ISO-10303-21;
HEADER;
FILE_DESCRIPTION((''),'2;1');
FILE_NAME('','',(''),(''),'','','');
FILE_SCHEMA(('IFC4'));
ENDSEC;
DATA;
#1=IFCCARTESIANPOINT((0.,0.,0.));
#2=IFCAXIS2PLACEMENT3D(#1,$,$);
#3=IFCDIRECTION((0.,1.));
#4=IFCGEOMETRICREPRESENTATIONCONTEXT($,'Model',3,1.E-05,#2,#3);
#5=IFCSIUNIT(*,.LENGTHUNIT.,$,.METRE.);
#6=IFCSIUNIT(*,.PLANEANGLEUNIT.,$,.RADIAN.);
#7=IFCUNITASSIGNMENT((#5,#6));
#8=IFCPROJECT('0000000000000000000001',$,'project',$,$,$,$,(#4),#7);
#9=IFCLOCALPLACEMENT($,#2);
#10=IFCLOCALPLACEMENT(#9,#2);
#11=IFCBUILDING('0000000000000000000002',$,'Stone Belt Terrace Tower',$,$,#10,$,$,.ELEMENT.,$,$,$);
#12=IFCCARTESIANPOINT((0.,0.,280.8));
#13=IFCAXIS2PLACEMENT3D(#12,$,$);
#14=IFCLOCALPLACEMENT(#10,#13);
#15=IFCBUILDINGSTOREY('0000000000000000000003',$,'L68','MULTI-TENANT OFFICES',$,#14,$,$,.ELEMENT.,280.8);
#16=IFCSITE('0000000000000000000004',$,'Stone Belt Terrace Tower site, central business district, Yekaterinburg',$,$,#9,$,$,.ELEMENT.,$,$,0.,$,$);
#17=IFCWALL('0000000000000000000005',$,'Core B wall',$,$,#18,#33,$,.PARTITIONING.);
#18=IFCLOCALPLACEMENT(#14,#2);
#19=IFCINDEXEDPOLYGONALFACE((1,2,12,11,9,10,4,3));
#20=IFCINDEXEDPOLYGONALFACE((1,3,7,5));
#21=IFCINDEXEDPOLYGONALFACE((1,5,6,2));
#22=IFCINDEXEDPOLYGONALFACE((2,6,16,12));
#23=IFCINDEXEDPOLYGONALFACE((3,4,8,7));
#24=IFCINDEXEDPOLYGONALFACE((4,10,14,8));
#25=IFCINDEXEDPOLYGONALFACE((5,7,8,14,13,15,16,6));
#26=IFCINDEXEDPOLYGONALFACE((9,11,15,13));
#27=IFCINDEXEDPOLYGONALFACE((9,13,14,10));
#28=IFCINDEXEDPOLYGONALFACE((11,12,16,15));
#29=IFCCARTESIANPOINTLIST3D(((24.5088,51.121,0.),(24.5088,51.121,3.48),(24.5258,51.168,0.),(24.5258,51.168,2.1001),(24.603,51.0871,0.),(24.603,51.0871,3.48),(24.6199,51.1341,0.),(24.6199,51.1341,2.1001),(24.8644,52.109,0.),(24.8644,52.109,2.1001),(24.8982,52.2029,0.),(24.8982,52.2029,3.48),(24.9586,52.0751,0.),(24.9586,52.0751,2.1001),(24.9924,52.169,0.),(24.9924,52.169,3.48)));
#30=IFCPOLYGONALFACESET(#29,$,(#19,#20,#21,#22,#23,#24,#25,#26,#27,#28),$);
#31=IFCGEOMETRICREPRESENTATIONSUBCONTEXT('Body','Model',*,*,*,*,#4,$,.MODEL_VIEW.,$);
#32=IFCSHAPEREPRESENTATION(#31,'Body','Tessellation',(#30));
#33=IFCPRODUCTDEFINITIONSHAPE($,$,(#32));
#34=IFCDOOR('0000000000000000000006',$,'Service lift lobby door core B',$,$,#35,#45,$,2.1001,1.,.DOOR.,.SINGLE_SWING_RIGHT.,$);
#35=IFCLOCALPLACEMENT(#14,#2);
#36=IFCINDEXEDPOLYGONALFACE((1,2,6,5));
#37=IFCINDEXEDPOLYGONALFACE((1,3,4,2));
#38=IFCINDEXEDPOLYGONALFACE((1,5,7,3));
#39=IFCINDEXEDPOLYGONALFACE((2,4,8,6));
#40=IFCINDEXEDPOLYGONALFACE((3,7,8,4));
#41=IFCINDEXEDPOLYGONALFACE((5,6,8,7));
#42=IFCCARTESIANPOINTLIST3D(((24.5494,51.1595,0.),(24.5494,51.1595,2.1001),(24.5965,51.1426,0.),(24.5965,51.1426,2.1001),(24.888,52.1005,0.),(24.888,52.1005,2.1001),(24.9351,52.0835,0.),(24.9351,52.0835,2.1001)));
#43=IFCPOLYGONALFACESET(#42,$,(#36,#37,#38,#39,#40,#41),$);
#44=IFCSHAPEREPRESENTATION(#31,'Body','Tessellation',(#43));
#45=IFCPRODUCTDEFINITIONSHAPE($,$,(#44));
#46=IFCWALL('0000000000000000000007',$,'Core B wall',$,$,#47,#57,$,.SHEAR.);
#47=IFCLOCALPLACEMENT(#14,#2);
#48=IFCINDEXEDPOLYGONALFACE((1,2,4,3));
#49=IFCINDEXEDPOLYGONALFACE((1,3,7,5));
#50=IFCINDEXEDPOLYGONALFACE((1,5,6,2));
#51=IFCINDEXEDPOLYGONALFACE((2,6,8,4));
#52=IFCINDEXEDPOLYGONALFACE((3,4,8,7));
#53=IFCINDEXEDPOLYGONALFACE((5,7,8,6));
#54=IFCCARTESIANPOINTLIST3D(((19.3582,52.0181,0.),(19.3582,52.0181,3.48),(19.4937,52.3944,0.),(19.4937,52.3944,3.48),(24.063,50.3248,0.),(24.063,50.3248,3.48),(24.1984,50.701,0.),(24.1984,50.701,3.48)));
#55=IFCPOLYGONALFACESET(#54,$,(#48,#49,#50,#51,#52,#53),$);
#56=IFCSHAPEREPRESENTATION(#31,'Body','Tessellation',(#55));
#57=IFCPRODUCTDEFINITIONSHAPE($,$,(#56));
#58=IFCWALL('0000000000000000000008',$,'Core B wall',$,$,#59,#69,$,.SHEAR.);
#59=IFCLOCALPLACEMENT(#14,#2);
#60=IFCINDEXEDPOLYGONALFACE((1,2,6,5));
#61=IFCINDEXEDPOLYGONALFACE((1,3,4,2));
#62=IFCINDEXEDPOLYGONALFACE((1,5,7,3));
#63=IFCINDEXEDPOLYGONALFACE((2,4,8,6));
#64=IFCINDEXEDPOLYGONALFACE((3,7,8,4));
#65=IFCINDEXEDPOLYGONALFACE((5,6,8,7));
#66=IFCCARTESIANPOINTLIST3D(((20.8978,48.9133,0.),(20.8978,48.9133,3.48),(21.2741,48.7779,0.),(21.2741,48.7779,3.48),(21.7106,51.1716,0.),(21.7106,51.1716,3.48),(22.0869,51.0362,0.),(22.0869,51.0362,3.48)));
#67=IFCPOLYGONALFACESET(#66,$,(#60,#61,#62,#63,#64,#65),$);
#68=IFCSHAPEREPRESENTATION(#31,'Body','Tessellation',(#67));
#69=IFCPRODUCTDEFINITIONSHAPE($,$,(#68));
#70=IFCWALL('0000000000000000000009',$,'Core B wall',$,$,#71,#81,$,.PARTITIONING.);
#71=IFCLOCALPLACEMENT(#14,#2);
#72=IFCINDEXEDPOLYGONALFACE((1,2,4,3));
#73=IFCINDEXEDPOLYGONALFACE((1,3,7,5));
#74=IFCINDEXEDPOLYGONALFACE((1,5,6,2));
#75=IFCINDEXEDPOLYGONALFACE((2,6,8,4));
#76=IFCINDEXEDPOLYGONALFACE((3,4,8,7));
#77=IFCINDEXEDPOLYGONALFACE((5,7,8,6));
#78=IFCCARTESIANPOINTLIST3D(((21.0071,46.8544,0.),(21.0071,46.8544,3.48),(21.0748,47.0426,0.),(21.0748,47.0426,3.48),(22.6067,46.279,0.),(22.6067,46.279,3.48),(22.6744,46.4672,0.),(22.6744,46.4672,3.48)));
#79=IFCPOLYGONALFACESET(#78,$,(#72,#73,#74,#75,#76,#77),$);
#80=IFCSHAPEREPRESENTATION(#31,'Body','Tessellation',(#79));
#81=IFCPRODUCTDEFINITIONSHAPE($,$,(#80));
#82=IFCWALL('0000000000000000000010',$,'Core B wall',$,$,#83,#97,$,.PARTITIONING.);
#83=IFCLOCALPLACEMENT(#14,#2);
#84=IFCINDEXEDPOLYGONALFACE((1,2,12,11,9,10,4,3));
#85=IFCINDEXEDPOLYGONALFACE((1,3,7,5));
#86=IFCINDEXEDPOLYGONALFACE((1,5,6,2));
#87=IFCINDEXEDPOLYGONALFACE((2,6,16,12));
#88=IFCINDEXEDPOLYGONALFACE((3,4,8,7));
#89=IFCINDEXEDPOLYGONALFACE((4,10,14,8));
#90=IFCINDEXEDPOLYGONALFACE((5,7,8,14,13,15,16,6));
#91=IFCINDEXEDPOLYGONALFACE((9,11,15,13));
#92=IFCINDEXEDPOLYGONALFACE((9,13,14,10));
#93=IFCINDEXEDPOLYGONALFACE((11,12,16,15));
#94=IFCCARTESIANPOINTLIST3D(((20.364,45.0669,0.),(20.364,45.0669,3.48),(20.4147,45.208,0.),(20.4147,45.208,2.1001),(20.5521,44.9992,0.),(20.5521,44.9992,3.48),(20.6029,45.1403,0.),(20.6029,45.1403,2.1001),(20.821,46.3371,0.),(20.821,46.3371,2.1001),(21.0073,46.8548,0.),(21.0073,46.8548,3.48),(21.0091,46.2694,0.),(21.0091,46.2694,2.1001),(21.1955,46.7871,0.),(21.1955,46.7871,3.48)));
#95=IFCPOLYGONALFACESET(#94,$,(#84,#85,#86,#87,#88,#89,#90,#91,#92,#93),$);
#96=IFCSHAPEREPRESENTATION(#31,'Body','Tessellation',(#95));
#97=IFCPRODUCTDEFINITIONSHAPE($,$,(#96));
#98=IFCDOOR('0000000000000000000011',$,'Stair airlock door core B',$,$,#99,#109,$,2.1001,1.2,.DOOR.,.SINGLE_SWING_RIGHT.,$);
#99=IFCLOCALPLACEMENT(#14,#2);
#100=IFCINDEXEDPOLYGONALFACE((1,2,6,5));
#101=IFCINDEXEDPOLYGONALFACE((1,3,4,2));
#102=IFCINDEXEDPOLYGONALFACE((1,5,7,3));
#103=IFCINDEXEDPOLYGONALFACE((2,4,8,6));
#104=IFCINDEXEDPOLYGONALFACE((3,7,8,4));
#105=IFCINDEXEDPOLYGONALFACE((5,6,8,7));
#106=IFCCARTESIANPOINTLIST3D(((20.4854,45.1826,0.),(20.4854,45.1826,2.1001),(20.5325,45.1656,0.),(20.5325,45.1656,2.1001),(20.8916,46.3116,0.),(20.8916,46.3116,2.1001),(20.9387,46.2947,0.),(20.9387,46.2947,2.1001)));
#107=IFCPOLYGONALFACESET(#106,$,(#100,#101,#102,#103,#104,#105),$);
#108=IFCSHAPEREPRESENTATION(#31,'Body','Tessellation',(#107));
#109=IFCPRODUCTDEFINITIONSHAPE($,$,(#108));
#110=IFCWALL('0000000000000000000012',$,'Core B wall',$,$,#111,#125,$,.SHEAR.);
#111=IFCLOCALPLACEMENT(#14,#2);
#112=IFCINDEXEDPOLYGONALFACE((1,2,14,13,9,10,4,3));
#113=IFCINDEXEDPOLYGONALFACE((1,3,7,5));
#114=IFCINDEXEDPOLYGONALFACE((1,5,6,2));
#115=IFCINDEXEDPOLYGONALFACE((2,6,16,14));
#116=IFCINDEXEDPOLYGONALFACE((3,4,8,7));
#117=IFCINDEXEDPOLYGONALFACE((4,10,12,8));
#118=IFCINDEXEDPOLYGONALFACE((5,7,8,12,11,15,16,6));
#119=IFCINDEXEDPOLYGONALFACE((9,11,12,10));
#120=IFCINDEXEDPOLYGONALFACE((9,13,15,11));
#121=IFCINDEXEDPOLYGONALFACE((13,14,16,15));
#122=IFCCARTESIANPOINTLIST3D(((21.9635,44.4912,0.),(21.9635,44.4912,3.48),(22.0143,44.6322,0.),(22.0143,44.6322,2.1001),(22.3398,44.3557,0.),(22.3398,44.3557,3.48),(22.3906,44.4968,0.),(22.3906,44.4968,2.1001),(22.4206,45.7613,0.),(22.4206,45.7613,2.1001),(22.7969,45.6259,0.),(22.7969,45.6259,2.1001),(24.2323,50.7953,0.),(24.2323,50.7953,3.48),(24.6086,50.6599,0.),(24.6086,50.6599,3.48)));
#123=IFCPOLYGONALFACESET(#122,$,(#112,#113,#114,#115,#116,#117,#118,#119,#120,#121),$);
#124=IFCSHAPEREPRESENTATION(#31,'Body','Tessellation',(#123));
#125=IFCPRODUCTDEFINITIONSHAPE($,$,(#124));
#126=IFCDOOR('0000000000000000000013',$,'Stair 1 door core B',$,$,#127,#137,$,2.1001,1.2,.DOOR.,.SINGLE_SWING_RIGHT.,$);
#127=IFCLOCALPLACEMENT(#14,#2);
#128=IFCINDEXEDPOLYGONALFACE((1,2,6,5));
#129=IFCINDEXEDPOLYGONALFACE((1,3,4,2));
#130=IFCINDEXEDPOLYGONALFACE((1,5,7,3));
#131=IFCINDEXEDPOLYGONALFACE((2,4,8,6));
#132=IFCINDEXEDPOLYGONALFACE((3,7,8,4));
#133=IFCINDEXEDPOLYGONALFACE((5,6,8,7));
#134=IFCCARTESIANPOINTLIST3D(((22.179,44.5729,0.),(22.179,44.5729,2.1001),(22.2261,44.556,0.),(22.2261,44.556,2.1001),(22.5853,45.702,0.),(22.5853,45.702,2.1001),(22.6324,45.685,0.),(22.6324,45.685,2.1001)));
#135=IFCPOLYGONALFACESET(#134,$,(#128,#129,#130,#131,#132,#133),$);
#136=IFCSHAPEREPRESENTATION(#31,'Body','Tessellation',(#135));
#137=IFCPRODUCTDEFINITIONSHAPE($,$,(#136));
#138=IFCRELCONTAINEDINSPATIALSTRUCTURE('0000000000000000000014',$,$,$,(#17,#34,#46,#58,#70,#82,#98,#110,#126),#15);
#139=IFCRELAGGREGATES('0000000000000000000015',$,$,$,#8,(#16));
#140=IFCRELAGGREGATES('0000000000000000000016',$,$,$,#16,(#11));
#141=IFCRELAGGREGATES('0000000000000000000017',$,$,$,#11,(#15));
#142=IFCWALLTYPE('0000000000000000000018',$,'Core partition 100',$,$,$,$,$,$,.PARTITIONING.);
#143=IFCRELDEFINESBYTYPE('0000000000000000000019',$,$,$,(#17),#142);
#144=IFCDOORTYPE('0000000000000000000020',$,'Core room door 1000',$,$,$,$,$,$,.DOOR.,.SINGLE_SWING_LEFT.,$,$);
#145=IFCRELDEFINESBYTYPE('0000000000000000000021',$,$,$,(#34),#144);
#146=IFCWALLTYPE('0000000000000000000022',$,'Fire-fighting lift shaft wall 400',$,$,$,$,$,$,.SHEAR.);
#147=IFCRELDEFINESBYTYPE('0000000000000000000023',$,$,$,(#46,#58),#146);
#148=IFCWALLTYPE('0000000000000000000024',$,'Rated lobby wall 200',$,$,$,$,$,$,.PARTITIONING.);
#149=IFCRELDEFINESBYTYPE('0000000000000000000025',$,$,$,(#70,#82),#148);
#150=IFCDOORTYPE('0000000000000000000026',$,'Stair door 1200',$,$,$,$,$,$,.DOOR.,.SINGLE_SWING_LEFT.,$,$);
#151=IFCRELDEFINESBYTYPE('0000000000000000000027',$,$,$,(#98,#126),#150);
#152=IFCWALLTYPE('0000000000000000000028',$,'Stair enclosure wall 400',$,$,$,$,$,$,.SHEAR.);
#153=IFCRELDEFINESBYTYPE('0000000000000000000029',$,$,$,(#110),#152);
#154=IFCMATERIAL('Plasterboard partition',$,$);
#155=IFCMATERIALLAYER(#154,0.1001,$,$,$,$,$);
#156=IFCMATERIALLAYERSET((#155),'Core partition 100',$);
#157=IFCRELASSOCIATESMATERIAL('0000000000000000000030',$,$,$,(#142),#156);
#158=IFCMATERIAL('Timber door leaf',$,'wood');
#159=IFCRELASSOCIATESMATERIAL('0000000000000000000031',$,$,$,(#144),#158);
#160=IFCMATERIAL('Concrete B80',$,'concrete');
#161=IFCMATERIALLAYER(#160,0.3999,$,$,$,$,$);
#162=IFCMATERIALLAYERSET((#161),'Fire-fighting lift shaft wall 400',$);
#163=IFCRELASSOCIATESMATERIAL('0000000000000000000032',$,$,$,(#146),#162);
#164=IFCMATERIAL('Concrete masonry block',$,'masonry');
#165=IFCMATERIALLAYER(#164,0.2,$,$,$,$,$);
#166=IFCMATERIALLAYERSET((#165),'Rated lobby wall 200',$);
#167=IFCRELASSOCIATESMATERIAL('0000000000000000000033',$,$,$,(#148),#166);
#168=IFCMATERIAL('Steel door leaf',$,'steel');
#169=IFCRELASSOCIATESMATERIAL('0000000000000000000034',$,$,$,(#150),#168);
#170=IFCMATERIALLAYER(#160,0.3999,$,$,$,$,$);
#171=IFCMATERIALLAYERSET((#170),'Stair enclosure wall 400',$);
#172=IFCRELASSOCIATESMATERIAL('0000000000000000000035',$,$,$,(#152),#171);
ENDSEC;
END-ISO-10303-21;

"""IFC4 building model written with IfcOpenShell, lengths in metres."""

from ifc_helpers import new_model, si_unit, direction, frame, frame_2d, origin, place, context, subcontext, project, spatial, rectangle, extrude, material, layer, layer_set, type_object, element, fill, save


model = new_model("IFC4")

# Units and contexts
model_context = context("Model", 3, precision=1e-05, world=origin(), true_north=direction((0.0, 1.0)))
body_context = subcontext(model_context, "Body", "Model", "MODEL_VIEW")
ifc_project = project(units=[si_unit("LENGTHUNIT", "METRE"), si_unit("PLANEANGLEUNIT", "RADIAN")], contexts=[model_context])

# Site, building, storey
site_placement = place(None, origin())
site = spatial("IfcSite", under=ifc_project, at=site_placement, Name="Stone Belt Terrace Tower site, central business district, Yekaterinburg", CompositionType="ELEMENT", RefElevation=0.0)
building_placement = place(site_placement, origin())
building = spatial("IfcBuilding", under=site, at=building_placement, Name="Stone Belt Terrace Tower", CompositionType="ELEMENT")
storey_placement = place(building_placement, frame((0.0, 0.0, 280.8)))
storey = spatial("IfcBuildingStorey", under=building, at=storey_placement, Name="L68", Description="MULTI-TENANT OFFICES", CompositionType="ELEMENT", Elevation=280.8)

# Wall, opening, door
ifc_material_1 = material(Name="Plasterboard partition")
ifc_layer_1 = layer(ifc_material_1, 0.1001)
ifc_layer_set_1 = layer_set([ifc_layer_1], Name="Core partition 100")
wall_type_1 = type_object("IfcWallType", Name="Core partition 100", PredefinedType="PARTITIONING", material=ifc_layer_set_1)
wall_1_placement = place(storey_placement, frame((24.5559, 51.104, 0.0), z_axis=(0.0, 0.0, 1.0), x_axis=(0.338622, 0.940923, 0.0)))
wall_1 = element("IfcWall", 1, at=wall_1_placement, inside=storey, type_object=wall_type_1, Name="Core B wall", PredefinedType="PARTITIONING", context=body_context, shape_type="SweptSolid", body=[
    extrude(rectangle(XDim=1.1499, YDim=0.1001, at=frame_2d((0.575, 0.0))), origin(), (0.0, 0.0, 1.0), 3.48),
])
opening_1_placement = place(wall_1_placement, frame((0.05, 0.0, 0.0)))
opening_1 = element("IfcOpeningElement", 2, at=opening_1_placement, cuts=wall_1, PredefinedType="OPENING", context=body_context, shape_type="SweptSolid", body=[
    extrude(rectangle(XDim=1.0, YDim=2.1001, at=frame_2d((0.5, 1.05))), frame((0.0, 0.0601, 0.0), z_axis=(0.0, -1.0, 0.0), x_axis=(1.0, 0.0, 0.0)), (0.0, 0.0, 1.0), 0.1201),
])
ifc_material_2 = material(Name="Timber door leaf", Category="wood")
door_type_1 = type_object("IfcDoorType", Name="Core room door 1000", OperationType="SINGLE_SWING_LEFT", PredefinedType="DOOR", material=ifc_material_2)
door_1_placement = place(opening_1_placement, origin())
door_1 = element("IfcDoor", 3, at=door_1_placement, inside=storey, type_object=door_type_1, Name="Service lift lobby door core B", OperationType="SINGLE_SWING_RIGHT", OverallHeight=2.1001, OverallWidth=1.0, PredefinedType="DOOR", context=body_context, shape_type="SweptSolid", body=[
    extrude(rectangle(XDim=1.0, YDim=2.1001, at=frame_2d((0.5, 1.05))), frame((0.0, 0.0249, 0.0), z_axis=(0.0, -1.0, 0.0), x_axis=(1.0, 0.0, 0.0)), (0.0, 0.0, 1.0), 0.05),
])
fill(opening_1, door_1)

# Walls
ifc_material_3 = material(Name="Concrete B80", Category="concrete")
ifc_layer_2 = layer(ifc_material_3, 0.3999)
ifc_layer_set_2 = layer_set([ifc_layer_2], Name="Fire-fighting lift shaft wall 400")
wall_type_2 = type_object("IfcWallType", Name="Fire-fighting lift shaft wall 400", PredefinedType="SHEAR", material=ifc_layer_set_2)
wall_2_placement = place(storey_placement, frame((24.1306, 50.5129, 0.0), z_axis=(0.0, 0.0, 1.0), x_axis=(-0.940912, 0.338652, 0.0)))
element("IfcWall", 4, at=wall_2_placement, inside=storey, type_object=wall_type_2, Name="Core B wall", PredefinedType="SHEAR", context=body_context, shape_type="SweptSolid", body=[
    extrude(rectangle(XDim=5.0002, YDim=0.3999, at=frame_2d((2.5, 0.0))), origin(), (0.0, 0.0, 1.0), 3.48),
])
wall_3_placement = place(storey_placement, frame((21.0859, 48.8455, 0.0), z_axis=(0.0, 0.0, 1.0), x_axis=(0.338629, 0.94092, 0.0)))
element("IfcWall", 5, at=wall_3_placement, inside=storey, type_object=wall_type_2, Name="Core B wall", PredefinedType="SHEAR", context=body_context, shape_type="SweptSolid", body=[
    extrude(rectangle(XDim=2.4001, YDim=0.3999, at=frame_2d((1.2002, 0.0))), origin(), (0.0, 0.0, 1.0), 3.48),
])
ifc_material_4 = material(Name="Concrete masonry block", Category="masonry")
ifc_layer_3 = layer(ifc_material_4, 0.2)
ifc_layer_set_3 = layer_set([ifc_layer_3], Name="Rated lobby wall 200")
wall_type_3 = type_object("IfcWallType", Name="Rated lobby wall 200", PredefinedType="PARTITIONING", material=ifc_layer_set_3)
wall_4_placement = place(storey_placement, frame((22.6406, 46.373, 0.0), z_axis=(0.0, 0.0, 1.0), x_axis=(-0.940966, 0.338501, 0.0)))
element("IfcWall", 6, at=wall_4_placement, inside=storey, type_object=wall_type_3, Name="Core B wall", PredefinedType="PARTITIONING", context=body_context, shape_type="SweptSolid", body=[
    extrude(rectangle(XDim=1.7, YDim=0.2, at=frame_2d((0.8501, 0.0))), origin(), (0.0, 0.0, 1.0), 3.48),
])

# Walls, openings, doors
wall_5_placement = place(storey_placement, frame((20.458, 45.033, 0.0), z_axis=(0.0, 0.0, 1.0), x_axis=(0.338574, 0.94094, 0.0)))
wall_5 = element("IfcWall", 7, at=wall_5_placement, inside=storey, type_object=wall_type_3, Name="Core B wall", PredefinedType="PARTITIONING", context=body_context, shape_type="SweptSolid", body=[
    extrude(rectangle(XDim=1.9001, YDim=0.2, at=frame_2d((0.9502, 0.0))), origin(), (0.0, 0.0, 1.0), 3.48),
])
opening_2_placement = place(wall_5_placement, frame((0.1499, 0.0, 0.0)))
opening_2 = element("IfcOpeningElement", 8, at=opening_2_placement, cuts=wall_5, PredefinedType="OPENING", context=body_context, shape_type="SweptSolid", body=[
    extrude(rectangle(XDim=1.2, YDim=2.1001, at=frame_2d((0.6001, 1.05))), frame((0.0, 0.1099, 0.0), z_axis=(0.0, -1.0, 0.0), x_axis=(1.0, 0.0, 0.0)), (0.0, 0.0, 1.0), 0.22),
])
ifc_material_5 = material(Name="Steel door leaf", Category="steel")
door_type_2 = type_object("IfcDoorType", Name="Stair door 1200", OperationType="SINGLE_SWING_LEFT", PredefinedType="DOOR", material=ifc_material_5)
door_2_placement = place(opening_2_placement, origin())
door_2 = element("IfcDoor", 9, at=door_2_placement, inside=storey, type_object=door_type_2, Name="Stair airlock door core B", OperationType="SINGLE_SWING_RIGHT", OverallHeight=2.1001, OverallWidth=1.2, PredefinedType="DOOR", context=body_context, shape_type="SweptSolid", body=[
    extrude(rectangle(XDim=1.2, YDim=2.1001, at=frame_2d((0.6001, 1.05))), frame((0.0, 0.0249, 0.0), z_axis=(0.0, -1.0, 0.0), x_axis=(1.0, 0.0, 0.0)), (0.0, 0.0, 1.0), 0.05),
])
fill(opening_2, door_2)
ifc_layer_4 = layer(ifc_material_3, 0.3999)
ifc_layer_set_4 = layer_set([ifc_layer_4], Name="Stair enclosure wall 400")
wall_type_4 = type_object("IfcWallType", Name="Stair enclosure wall 400", PredefinedType="SHEAR", material=ifc_layer_set_4)
wall_6_placement = place(storey_placement, frame((22.1516, 44.4233, 0.0), z_axis=(0.0, 0.0, 1.0), x_axis=(0.338625, 0.940921, 0.0)))
wall_6 = element("IfcWall", 10, at=wall_6_placement, inside=storey, type_object=wall_type_4, Name="Core B wall", PredefinedType="SHEAR", context=body_context, shape_type="SweptSolid", body=[
    extrude(rectangle(XDim=6.7, YDim=0.3999, at=frame_2d((3.3501, 0.0))), origin(), (0.0, 0.0, 1.0), 3.48),
])
opening_3_placement = place(wall_6_placement, frame((0.1499, 0.0, 0.0)))
opening_3 = element("IfcOpeningElement", 11, at=opening_3_placement, cuts=wall_6, PredefinedType="OPENING", context=body_context, shape_type="SweptSolid", body=[
    extrude(rectangle(XDim=1.2, YDim=2.1001, at=frame_2d((0.6001, 1.05))), frame((0.0, 0.21, 0.0), z_axis=(0.0, -1.0, 0.0), x_axis=(1.0, 0.0, 0.0)), (0.0, 0.0, 1.0), 0.4199),
])
door_3_placement = place(opening_3_placement, origin())
door_3 = element("IfcDoor", 12, at=door_3_placement, inside=storey, type_object=door_type_2, Name="Stair 1 door core B", OperationType="SINGLE_SWING_RIGHT", OverallHeight=2.1001, OverallWidth=1.2, PredefinedType="DOOR", context=body_context, shape_type="SweptSolid", body=[
    extrude(rectangle(XDim=1.2, YDim=2.1001, at=frame_2d((0.6001, 1.05))), frame((0.0, 0.0249, 0.0), z_axis=(0.0, -1.0, 0.0), x_axis=(1.0, 0.0, 0.0)), (0.0, 0.0, 1.0), 0.05),
])
fill(opening_3, door_3)

save(model, "model.ifc")
